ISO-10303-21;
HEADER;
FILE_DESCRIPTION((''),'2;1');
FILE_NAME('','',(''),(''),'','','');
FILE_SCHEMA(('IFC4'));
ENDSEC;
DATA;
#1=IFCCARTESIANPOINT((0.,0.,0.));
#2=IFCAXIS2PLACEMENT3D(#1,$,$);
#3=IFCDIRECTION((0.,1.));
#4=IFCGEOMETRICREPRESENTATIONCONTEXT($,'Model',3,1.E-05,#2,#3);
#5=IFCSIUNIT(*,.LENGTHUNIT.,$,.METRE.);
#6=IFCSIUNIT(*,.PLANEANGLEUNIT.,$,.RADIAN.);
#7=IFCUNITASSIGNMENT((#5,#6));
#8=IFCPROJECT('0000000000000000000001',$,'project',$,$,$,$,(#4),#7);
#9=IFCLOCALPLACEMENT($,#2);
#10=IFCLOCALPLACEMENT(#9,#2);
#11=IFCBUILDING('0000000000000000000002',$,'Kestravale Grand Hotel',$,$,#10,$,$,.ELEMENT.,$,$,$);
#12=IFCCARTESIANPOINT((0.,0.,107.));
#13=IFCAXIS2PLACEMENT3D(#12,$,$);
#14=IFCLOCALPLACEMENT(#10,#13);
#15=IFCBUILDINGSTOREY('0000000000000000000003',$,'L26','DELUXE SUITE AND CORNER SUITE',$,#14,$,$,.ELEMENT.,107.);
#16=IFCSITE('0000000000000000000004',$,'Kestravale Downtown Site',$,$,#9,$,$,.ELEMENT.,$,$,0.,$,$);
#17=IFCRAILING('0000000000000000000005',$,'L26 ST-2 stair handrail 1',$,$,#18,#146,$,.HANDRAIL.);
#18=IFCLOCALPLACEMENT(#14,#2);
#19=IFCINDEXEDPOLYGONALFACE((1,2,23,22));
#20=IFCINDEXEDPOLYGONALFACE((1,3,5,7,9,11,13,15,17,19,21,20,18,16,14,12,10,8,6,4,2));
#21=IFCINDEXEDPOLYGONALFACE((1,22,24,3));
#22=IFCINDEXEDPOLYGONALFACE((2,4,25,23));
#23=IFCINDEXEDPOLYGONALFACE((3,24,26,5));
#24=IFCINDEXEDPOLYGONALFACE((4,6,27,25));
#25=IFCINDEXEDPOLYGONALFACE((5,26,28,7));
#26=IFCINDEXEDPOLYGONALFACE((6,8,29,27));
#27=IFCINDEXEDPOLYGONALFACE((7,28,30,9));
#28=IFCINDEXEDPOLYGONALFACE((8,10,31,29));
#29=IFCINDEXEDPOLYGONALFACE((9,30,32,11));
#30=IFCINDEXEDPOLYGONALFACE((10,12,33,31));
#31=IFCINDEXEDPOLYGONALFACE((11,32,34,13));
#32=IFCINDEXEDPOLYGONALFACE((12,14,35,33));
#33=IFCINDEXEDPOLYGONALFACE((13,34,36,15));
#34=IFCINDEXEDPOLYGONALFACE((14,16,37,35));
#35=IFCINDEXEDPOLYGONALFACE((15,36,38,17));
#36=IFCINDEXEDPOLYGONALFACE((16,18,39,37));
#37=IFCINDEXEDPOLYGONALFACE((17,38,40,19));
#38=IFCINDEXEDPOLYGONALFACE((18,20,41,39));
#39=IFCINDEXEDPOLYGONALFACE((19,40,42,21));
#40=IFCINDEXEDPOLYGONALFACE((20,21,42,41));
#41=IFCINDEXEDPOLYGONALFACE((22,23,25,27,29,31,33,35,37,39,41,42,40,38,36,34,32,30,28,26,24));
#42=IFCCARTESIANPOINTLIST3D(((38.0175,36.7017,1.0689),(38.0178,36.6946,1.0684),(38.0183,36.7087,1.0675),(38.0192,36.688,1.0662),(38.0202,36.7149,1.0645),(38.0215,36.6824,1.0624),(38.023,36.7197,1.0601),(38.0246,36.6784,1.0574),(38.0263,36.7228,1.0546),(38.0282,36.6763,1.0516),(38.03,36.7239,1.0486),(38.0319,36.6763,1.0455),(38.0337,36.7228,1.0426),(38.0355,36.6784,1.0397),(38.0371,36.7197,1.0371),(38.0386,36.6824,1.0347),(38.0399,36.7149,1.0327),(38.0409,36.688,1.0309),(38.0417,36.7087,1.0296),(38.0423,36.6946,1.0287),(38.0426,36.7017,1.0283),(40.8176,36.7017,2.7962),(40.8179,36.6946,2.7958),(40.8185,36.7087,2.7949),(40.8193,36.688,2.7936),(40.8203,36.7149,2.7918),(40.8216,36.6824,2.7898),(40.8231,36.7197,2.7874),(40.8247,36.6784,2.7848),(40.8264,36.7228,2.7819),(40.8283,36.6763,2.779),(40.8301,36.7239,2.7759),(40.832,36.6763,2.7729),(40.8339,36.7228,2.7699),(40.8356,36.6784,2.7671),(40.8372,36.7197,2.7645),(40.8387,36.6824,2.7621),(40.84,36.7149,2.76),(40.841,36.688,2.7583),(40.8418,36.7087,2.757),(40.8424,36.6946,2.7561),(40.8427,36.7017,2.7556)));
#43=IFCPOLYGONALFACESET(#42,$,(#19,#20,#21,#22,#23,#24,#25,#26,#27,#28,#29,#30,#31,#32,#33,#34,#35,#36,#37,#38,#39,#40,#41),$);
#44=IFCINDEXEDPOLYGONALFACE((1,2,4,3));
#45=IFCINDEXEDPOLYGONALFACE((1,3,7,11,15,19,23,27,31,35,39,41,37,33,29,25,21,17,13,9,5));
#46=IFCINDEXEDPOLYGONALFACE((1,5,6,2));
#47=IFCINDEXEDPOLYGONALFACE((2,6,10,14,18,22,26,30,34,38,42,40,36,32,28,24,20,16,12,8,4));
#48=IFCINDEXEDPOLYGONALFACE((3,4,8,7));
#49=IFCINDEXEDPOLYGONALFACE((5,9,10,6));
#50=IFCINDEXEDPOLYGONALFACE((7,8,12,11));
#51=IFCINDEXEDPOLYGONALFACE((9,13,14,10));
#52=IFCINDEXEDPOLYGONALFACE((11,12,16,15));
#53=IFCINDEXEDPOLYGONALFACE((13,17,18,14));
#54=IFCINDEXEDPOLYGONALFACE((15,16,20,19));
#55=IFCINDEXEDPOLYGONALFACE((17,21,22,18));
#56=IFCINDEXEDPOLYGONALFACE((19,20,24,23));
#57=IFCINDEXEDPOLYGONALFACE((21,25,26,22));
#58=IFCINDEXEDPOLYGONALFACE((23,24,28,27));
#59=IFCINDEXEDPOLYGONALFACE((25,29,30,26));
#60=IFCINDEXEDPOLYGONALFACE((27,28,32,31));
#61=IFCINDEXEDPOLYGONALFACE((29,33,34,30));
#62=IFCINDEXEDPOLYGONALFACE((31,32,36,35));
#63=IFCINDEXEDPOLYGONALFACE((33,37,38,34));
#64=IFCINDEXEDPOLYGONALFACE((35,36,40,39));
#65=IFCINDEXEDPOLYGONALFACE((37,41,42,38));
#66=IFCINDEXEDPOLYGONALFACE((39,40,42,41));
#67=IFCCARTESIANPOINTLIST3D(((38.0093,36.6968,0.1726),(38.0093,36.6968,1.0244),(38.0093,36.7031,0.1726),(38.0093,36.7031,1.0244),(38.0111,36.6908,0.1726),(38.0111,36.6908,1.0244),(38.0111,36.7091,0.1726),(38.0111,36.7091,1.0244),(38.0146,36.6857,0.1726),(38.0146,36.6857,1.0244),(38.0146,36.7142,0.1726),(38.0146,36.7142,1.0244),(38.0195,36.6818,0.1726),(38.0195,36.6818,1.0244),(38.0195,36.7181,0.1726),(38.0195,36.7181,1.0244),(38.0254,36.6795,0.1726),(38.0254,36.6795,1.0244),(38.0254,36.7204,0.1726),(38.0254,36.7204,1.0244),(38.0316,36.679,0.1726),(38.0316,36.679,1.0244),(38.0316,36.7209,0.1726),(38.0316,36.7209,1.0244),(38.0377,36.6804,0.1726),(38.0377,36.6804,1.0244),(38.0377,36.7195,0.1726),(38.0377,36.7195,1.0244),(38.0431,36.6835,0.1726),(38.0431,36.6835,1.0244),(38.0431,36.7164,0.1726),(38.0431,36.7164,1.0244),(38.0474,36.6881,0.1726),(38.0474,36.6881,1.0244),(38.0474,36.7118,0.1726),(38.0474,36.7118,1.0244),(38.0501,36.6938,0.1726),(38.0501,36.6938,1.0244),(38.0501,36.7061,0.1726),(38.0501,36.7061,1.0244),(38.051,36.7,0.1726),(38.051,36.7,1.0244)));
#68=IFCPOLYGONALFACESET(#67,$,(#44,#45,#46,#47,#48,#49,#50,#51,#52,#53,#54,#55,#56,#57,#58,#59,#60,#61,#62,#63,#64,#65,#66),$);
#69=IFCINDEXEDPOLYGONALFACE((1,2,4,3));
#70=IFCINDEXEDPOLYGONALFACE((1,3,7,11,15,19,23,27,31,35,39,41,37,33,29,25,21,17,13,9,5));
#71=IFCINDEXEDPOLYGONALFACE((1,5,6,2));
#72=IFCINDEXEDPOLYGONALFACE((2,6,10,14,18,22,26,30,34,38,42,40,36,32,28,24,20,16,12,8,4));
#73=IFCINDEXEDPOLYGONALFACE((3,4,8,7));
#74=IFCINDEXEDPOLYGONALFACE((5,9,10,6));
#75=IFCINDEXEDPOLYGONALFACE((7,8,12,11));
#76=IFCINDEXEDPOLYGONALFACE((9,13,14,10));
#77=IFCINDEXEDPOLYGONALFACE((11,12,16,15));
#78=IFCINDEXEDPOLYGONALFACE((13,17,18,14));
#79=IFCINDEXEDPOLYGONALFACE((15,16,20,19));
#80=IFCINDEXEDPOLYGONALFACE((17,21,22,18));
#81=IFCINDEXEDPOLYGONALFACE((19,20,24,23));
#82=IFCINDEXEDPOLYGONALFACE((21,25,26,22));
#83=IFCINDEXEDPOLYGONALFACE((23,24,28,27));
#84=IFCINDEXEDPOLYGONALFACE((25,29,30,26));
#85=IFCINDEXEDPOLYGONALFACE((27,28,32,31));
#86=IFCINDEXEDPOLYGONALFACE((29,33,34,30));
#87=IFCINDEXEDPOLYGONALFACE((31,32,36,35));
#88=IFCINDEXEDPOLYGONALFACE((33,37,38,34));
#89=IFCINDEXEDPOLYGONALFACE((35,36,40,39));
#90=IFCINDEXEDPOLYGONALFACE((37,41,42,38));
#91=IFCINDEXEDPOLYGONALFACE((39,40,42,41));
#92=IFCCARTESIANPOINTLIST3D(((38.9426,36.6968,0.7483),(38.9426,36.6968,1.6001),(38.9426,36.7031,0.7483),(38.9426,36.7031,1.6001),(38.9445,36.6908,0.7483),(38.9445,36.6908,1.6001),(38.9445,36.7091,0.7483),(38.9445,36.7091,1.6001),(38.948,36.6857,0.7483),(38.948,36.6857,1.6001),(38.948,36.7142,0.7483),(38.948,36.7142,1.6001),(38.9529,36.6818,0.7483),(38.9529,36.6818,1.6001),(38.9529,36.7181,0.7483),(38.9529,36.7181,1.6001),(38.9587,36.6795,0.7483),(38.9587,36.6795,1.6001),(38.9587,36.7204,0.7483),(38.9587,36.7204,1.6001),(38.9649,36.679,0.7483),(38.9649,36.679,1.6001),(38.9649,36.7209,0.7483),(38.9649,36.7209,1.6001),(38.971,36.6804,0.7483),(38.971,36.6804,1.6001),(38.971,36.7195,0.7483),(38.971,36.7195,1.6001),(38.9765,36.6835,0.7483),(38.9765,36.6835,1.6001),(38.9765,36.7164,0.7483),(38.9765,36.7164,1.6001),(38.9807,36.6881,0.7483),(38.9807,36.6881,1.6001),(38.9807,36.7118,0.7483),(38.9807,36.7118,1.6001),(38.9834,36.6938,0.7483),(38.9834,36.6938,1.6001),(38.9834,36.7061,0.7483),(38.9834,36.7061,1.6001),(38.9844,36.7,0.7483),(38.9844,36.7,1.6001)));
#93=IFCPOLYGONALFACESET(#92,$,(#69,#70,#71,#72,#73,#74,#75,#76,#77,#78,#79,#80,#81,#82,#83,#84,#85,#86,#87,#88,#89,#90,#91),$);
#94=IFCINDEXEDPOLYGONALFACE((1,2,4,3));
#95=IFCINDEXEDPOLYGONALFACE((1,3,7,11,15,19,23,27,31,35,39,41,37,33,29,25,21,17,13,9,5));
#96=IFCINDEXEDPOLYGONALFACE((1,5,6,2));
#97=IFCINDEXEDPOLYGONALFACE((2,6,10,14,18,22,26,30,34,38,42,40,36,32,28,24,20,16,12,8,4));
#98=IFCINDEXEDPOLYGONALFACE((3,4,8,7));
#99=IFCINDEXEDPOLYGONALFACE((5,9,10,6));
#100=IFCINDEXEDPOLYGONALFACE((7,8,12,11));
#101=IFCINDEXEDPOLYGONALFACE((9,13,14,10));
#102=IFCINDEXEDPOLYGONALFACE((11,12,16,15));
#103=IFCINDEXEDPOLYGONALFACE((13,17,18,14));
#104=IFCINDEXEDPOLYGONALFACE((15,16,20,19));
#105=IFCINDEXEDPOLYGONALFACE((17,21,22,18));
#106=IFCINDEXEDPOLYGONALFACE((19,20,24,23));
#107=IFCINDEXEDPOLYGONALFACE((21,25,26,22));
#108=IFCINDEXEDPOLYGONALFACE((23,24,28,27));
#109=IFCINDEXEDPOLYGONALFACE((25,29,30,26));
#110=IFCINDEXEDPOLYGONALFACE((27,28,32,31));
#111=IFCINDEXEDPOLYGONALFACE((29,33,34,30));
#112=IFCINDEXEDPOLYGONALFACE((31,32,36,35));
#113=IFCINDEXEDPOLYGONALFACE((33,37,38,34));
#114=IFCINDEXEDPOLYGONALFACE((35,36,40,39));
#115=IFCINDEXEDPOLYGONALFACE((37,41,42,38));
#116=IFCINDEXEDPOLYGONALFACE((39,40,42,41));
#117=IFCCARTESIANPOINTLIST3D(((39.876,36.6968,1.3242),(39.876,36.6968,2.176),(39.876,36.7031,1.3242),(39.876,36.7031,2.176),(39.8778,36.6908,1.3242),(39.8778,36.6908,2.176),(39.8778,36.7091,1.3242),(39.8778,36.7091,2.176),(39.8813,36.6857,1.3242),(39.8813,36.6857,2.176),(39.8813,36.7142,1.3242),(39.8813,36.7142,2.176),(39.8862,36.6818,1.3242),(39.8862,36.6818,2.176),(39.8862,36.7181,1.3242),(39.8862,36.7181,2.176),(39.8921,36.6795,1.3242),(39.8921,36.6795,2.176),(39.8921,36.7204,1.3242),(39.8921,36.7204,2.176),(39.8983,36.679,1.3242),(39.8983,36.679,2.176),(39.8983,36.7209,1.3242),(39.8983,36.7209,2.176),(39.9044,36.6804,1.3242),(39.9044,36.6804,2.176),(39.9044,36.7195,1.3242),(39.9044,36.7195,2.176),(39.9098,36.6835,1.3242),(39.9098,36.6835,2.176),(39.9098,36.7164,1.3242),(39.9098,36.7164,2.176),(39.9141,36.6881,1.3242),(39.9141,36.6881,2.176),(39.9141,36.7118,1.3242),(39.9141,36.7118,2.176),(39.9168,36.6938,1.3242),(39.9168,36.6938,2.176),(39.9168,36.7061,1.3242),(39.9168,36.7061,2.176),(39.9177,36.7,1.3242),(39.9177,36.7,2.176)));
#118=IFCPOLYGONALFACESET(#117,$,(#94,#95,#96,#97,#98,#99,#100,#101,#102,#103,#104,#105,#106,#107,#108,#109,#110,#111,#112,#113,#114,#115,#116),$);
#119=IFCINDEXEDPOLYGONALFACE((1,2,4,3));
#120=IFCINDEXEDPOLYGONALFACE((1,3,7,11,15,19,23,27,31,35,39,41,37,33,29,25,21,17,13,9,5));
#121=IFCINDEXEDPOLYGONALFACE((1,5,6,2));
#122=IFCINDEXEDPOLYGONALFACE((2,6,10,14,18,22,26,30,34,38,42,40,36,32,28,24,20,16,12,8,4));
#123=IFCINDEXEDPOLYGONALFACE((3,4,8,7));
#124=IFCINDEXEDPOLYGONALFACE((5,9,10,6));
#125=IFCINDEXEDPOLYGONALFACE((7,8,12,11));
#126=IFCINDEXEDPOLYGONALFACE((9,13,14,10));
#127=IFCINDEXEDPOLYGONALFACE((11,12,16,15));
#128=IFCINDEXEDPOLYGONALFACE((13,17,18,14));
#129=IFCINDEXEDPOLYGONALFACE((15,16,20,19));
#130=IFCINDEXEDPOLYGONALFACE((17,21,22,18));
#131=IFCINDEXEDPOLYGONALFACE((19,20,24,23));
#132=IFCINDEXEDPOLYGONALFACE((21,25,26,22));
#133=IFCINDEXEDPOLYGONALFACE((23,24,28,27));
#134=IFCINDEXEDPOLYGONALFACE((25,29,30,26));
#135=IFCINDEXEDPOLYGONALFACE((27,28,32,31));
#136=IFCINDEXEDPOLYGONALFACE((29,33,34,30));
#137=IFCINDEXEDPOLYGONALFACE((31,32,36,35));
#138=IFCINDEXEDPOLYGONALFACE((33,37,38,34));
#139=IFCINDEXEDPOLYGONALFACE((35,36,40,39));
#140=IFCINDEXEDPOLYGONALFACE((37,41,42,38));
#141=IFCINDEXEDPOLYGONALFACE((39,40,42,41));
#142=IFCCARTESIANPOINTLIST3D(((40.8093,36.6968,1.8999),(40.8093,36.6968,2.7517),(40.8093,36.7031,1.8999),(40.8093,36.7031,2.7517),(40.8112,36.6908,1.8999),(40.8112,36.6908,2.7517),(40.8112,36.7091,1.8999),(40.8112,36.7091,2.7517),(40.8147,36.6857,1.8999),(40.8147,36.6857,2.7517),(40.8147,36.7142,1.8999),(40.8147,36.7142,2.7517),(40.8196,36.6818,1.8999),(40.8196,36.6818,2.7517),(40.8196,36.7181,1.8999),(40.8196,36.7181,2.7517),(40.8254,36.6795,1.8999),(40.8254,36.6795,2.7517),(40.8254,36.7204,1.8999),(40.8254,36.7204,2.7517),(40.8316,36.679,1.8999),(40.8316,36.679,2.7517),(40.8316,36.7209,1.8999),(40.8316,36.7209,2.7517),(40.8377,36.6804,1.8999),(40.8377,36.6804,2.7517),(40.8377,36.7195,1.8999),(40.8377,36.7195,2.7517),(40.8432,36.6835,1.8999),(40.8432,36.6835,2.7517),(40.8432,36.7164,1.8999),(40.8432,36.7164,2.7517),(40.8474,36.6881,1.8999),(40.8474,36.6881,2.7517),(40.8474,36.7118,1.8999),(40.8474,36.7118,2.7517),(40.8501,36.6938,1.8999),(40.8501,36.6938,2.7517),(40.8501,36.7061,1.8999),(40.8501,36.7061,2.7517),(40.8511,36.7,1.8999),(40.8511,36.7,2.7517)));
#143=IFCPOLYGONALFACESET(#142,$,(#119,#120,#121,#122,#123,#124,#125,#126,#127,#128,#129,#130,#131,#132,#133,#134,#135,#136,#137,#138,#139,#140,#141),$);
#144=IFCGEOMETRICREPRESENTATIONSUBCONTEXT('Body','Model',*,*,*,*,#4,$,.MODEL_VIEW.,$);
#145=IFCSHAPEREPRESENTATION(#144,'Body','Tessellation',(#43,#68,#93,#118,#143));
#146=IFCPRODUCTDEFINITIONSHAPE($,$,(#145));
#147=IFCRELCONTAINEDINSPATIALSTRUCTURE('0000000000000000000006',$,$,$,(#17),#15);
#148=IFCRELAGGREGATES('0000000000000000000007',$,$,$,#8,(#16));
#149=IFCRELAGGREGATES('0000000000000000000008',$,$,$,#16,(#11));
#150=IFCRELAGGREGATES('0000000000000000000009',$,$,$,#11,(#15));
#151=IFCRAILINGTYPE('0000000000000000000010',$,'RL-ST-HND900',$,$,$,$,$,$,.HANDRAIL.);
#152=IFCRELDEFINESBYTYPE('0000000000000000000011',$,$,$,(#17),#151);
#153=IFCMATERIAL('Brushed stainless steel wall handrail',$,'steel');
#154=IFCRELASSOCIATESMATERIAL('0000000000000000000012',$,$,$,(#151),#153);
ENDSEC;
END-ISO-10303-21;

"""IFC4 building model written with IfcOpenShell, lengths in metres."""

from ifc_helpers import new_model, si_unit, direction, frame, origin, origin_2d, place, context, subcontext, project, spatial, circle, extrude, material, type_object, element, save


model = new_model("IFC4")

# Units and contexts
model_context = context("Model", 3, precision=1e-05, world=origin(), true_north=direction((0.0, 1.0)))
body_context = subcontext(model_context, "Body", "Model", "MODEL_VIEW")
ifc_project = project(units=[si_unit("LENGTHUNIT", "METRE"), si_unit("PLANEANGLEUNIT", "RADIAN")], contexts=[model_context])

# Site, building, storey
site_placement = place(None, origin())
site = spatial("IfcSite", under=ifc_project, at=site_placement, Name="Kestravale Downtown Site", CompositionType="ELEMENT", RefElevation=0.0)
building_placement = place(site_placement, origin())
building = spatial("IfcBuilding", under=site, at=building_placement, Name="Kestravale Grand Hotel", CompositionType="ELEMENT")
storey_placement = place(building_placement, frame((0.0, 0.0, 107.0)))
storey = spatial("IfcBuildingStorey", under=building, at=storey_placement, Name="L26", Description="DELUXE SUITE AND CORNER SUITE", CompositionType="ELEMENT", Elevation=107.0)

# Railing
ifc_material_1 = material(Name="Brushed stainless steel wall handrail", Category="steel")
railing_type_1 = type_object("IfcRailingType", Name="RL-ST-HND900", PredefinedType="HANDRAIL", material=ifc_material_1)
railing_1_placement = place(storey_placement, frame((38.03, 36.7, 0.1726)))
element("IfcRailing", 1, at=railing_1_placement, inside=storey, type_object=railing_type_1, Name="L26 ST-2 stair handrail 1", PredefinedType="HANDRAIL", context=body_context, shape_type="SweptSolid", body=[
    extrude(circle(Radius=0.0239, at=origin_2d()), frame((0.0, 0.0, 0.876), z_axis=(0.85109, 0.0, 0.52502), x_axis=(0.0, 1.0, 0.0)), (0.0, 0.0, 1.0), 3.29),
    extrude(circle(Radius=0.021, at=origin_2d()), origin(), (0.0, 0.0, 1.0), 0.8518),
    extrude(circle(Radius=0.021, at=origin_2d()), frame((0.9333, 0.0, 0.5757)), (0.0, 0.0, 1.0), 0.8518),
    extrude(circle(Radius=0.021, at=origin_2d()), frame((1.8667, 0.0, 1.1516)), (0.0, 0.0, 1.0), 0.8518),
    extrude(circle(Radius=0.021, at=origin_2d()), frame((2.8, 0.0, 1.7273)), (0.0, 0.0, 1.0), 0.8518),
])

save(model, "model.ifc")
